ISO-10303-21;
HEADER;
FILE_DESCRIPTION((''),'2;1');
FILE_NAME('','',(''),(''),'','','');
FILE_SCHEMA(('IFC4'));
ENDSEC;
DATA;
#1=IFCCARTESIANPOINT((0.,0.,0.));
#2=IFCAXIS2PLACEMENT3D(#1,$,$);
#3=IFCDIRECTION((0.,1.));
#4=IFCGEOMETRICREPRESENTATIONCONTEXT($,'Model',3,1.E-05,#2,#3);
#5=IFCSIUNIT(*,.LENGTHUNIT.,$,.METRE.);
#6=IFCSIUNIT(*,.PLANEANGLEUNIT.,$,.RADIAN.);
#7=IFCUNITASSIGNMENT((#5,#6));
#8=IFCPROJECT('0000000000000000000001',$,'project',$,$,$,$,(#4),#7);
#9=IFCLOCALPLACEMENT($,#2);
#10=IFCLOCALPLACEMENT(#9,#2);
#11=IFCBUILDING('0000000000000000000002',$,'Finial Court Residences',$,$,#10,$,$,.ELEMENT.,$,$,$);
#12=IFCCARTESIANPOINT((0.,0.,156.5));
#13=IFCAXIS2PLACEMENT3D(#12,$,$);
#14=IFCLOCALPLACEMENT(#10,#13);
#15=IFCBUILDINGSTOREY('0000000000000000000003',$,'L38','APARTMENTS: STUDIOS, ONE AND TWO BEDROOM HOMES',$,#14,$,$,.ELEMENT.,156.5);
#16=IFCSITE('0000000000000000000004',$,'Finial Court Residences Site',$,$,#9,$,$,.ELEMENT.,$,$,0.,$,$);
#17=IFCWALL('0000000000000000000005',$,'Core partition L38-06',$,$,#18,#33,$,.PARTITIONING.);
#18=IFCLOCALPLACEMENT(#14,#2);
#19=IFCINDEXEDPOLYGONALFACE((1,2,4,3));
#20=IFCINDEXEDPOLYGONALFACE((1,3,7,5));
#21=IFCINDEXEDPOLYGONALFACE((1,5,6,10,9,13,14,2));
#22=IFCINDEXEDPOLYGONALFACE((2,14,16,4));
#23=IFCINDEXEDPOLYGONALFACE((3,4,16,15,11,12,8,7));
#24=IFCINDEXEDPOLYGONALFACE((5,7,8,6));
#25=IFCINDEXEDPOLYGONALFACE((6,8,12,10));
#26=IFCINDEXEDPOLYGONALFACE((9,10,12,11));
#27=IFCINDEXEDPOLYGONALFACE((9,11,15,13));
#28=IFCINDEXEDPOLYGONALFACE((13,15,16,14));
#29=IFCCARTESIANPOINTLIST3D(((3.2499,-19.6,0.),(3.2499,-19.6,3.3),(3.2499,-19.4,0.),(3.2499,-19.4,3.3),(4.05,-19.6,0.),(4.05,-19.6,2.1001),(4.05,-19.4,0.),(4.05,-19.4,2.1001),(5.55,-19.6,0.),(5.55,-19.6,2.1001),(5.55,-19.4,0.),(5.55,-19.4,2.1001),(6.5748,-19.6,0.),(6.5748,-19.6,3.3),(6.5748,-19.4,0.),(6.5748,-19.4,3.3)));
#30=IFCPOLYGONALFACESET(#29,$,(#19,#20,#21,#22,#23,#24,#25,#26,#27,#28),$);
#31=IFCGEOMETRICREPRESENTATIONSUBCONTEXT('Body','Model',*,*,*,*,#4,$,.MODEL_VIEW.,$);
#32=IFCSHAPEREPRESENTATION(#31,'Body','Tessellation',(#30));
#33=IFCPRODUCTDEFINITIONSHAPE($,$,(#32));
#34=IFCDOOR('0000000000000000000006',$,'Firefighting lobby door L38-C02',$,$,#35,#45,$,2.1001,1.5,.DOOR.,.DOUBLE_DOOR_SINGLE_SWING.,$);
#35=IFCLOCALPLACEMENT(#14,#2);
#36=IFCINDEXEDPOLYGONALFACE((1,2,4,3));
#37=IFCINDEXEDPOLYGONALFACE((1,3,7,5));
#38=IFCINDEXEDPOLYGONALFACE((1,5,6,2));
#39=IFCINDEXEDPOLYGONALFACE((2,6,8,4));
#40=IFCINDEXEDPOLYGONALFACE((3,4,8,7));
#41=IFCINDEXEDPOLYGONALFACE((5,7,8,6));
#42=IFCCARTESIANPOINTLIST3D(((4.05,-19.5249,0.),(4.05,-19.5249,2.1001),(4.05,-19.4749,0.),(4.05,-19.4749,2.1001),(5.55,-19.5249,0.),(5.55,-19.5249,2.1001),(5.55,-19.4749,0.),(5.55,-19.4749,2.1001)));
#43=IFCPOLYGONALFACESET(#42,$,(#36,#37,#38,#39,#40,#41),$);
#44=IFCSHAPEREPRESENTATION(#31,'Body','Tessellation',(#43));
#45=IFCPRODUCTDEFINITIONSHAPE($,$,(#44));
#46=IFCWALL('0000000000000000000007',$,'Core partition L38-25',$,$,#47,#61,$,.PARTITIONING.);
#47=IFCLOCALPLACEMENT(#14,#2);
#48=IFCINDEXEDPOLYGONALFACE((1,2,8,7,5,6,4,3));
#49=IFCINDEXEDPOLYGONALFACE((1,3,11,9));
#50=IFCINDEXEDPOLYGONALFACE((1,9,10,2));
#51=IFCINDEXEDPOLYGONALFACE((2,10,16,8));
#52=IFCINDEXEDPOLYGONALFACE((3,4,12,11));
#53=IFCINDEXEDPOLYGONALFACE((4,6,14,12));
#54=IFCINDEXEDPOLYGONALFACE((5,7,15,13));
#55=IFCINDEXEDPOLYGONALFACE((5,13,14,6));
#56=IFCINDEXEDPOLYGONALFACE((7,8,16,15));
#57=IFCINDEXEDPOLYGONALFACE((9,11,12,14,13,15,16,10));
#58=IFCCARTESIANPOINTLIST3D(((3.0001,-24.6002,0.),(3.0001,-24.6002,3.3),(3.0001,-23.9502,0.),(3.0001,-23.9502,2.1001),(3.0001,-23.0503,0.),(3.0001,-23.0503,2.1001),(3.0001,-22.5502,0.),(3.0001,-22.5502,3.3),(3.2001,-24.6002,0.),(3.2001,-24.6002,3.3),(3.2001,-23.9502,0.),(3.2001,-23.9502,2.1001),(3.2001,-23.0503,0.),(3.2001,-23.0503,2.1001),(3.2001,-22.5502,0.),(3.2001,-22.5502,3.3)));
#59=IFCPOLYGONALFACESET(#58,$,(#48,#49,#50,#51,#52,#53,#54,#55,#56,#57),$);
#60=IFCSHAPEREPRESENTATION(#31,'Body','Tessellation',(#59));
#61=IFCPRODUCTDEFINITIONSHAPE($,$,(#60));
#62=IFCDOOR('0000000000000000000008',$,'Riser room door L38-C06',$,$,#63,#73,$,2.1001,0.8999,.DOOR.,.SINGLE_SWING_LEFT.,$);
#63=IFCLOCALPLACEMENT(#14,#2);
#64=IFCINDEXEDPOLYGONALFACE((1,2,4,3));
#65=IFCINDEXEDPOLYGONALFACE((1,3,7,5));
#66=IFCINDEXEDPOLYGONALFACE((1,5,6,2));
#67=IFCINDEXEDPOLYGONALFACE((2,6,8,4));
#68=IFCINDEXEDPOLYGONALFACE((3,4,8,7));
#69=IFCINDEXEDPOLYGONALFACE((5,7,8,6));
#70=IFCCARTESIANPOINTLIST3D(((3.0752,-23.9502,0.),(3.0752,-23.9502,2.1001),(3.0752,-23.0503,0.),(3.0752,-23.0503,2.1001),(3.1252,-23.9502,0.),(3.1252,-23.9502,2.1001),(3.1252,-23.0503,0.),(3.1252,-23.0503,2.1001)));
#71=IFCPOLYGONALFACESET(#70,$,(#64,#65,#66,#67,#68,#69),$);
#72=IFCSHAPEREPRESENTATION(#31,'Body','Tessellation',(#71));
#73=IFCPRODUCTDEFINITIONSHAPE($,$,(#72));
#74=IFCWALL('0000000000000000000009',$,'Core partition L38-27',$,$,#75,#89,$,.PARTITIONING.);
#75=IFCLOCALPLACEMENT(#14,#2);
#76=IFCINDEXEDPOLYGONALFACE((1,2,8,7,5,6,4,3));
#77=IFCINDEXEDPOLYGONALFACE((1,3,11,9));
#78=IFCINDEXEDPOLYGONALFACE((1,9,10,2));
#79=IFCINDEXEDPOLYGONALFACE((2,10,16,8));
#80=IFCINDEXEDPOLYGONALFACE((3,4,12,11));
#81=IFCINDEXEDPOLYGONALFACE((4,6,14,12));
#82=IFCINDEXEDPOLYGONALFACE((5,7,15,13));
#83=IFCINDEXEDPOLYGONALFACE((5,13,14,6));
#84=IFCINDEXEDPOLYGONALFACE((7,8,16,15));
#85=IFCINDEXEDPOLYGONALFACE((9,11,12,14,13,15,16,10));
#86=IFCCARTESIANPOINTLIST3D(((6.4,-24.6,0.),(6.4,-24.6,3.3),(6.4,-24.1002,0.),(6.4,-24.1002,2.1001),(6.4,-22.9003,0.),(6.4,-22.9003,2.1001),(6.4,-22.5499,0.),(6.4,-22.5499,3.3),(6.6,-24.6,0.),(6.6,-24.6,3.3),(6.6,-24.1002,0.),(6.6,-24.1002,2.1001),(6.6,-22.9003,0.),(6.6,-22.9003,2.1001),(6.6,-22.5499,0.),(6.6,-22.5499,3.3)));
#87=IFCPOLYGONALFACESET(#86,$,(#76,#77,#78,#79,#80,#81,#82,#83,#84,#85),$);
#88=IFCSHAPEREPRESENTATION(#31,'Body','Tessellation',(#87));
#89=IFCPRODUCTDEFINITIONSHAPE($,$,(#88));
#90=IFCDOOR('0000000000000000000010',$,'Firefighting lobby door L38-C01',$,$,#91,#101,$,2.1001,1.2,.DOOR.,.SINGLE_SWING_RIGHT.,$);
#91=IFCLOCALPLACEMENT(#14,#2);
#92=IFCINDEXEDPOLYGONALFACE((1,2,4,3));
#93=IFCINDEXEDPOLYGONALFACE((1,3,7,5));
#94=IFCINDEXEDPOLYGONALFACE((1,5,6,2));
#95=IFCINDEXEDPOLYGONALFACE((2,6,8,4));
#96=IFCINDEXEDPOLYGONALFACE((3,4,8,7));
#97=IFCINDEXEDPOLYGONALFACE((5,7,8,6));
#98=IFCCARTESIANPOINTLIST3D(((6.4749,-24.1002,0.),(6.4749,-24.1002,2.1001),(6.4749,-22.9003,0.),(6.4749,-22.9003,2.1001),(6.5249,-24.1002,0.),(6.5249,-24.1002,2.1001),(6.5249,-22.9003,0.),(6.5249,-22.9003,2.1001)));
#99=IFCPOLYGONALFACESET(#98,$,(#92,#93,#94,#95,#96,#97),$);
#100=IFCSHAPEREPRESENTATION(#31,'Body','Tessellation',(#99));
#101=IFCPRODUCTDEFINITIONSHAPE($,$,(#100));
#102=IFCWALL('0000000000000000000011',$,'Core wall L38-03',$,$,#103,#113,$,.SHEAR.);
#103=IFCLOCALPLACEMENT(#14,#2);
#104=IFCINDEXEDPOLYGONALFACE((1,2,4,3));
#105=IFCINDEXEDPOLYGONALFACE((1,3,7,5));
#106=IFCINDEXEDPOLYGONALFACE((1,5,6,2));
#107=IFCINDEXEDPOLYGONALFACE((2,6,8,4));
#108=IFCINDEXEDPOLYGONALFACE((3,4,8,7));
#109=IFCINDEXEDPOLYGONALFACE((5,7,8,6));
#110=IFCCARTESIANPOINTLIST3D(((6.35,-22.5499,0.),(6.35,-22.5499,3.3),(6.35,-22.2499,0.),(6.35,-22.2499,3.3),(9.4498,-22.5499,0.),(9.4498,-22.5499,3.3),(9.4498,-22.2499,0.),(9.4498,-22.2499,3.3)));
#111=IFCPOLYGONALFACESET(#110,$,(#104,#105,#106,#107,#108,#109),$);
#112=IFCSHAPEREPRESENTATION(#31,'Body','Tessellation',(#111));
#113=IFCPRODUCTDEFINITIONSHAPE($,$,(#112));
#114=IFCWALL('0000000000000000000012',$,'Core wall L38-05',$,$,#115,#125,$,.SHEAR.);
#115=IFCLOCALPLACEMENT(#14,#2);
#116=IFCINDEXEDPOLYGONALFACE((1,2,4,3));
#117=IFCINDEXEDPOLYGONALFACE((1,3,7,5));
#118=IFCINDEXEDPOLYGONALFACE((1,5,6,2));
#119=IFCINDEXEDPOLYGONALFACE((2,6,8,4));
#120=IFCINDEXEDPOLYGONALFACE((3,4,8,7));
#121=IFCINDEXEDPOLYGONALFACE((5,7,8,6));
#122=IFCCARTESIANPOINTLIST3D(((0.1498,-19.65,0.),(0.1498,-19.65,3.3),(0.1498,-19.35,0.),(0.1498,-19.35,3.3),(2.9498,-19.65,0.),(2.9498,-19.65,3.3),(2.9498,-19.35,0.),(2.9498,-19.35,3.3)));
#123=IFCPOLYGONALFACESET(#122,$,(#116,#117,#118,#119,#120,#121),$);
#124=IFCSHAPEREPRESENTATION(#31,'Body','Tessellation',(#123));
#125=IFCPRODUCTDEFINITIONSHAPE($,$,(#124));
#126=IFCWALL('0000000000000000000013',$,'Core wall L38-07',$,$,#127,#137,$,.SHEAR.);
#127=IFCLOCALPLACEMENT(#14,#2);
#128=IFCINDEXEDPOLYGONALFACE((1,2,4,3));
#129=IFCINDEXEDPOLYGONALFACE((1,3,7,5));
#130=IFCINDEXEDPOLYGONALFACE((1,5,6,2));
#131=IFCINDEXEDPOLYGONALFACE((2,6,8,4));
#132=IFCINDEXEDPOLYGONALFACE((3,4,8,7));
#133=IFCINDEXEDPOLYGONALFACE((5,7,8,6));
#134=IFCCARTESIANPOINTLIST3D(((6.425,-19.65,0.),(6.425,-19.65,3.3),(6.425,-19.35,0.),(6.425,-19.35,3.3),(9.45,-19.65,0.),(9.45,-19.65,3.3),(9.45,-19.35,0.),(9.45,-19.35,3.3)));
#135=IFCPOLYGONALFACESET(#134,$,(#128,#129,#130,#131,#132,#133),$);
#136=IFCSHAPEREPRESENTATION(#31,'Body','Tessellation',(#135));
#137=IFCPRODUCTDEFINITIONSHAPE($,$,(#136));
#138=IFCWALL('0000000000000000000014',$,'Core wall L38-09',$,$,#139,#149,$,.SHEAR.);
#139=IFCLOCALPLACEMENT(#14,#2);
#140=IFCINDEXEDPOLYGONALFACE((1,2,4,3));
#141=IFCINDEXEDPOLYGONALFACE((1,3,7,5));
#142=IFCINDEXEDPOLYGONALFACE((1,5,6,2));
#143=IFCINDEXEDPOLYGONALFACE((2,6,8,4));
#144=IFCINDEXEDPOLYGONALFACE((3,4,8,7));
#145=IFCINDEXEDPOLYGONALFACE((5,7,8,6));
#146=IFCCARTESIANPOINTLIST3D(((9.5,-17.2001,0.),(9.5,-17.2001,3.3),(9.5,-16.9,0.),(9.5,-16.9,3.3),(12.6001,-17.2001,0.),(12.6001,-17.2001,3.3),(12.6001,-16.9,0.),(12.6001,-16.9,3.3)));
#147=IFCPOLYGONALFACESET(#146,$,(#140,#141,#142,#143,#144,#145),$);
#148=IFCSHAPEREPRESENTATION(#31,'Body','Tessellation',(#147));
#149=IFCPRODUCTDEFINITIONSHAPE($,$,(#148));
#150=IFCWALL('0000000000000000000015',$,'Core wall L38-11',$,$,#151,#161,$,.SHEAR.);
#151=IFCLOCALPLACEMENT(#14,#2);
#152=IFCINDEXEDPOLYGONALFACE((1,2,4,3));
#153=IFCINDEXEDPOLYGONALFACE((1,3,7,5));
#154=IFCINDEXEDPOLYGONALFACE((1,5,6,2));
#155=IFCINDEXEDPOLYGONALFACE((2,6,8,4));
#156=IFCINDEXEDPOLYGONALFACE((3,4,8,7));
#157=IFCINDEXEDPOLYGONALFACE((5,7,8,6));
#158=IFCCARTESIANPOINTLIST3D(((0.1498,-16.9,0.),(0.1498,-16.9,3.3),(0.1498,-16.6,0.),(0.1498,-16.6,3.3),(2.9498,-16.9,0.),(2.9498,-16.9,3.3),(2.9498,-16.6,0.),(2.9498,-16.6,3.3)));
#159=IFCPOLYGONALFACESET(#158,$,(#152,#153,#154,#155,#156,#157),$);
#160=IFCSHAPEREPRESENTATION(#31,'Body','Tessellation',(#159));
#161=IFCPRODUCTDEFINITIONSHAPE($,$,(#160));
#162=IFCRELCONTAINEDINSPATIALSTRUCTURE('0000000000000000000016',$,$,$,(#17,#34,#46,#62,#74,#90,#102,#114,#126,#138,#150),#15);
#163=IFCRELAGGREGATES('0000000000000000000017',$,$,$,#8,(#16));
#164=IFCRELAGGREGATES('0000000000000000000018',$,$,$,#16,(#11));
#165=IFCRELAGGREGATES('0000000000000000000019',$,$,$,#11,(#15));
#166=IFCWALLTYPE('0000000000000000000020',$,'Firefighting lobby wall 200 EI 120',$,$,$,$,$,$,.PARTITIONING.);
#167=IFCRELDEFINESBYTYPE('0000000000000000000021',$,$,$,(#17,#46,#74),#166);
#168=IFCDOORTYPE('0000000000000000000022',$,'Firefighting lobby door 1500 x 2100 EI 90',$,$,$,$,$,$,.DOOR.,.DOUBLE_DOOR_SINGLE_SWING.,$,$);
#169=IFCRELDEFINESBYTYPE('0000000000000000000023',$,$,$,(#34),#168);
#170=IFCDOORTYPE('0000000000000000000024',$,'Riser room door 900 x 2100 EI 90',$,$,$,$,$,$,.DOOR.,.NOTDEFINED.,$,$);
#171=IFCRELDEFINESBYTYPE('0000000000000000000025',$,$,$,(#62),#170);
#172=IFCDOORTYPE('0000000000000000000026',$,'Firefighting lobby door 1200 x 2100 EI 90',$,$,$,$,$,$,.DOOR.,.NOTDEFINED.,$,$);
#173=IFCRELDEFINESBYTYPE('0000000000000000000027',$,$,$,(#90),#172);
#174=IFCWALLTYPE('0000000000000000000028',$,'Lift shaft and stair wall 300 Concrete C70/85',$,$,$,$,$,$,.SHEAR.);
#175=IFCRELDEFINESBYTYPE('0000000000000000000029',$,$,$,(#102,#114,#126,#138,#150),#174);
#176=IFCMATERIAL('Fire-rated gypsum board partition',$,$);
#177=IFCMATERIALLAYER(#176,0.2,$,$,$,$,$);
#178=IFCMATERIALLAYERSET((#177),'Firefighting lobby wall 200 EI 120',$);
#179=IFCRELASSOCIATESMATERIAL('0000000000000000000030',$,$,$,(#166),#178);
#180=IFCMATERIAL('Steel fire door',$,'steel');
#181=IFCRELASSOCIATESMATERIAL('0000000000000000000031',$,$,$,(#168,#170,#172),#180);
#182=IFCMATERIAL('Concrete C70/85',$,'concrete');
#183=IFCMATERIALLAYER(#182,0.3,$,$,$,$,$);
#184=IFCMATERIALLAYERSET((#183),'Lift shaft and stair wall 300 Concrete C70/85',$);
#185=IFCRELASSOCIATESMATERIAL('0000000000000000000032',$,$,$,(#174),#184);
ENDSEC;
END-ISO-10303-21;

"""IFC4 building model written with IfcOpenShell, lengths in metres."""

from ifc_helpers import new_model, si_unit, direction, frame, frame_2d, origin, place, context, subcontext, project, spatial, rectangle, extrude, material, layer, layer_set, type_object, element, fill, save


model = new_model("IFC4")

# Units and contexts
model_context = context("Model", 3, precision=1e-05, world=origin(), true_north=direction((0.0, 1.0)))
body_context = subcontext(model_context, "Body", "Model", "MODEL_VIEW")
ifc_project = project(units=[si_unit("LENGTHUNIT", "METRE"), si_unit("PLANEANGLEUNIT", "RADIAN")], contexts=[model_context])

# Site, building, storey
site_placement = place(None, origin())
site = spatial("IfcSite", under=ifc_project, at=site_placement, Name="Finial Court Residences Site", CompositionType="ELEMENT", RefElevation=0.0)
building_placement = place(site_placement, origin())
building = spatial("IfcBuilding", under=site, at=building_placement, Name="Finial Court Residences", CompositionType="ELEMENT")
storey_placement = place(building_placement, frame((0.0, 0.0, 156.5)))
storey = spatial("IfcBuildingStorey", under=building, at=storey_placement, Name="L38", Description="APARTMENTS: STUDIOS, ONE AND TWO BEDROOM HOMES", CompositionType="ELEMENT", Elevation=156.5)

# Walls, openings, doors
ifc_material_1 = material(Name="Fire-rated gypsum board partition")
ifc_layer_1 = layer(ifc_material_1, 0.2)
ifc_layer_set_1 = layer_set([ifc_layer_1], Name="Firefighting lobby wall 200 EI 120")
wall_type_1 = type_object("IfcWallType", Name="Firefighting lobby wall 200 EI 120", PredefinedType="PARTITIONING", material=ifc_layer_set_1)
wall_1_placement = place(storey_placement, frame((6.575, -19.5, 0.0), z_axis=(0.0, 0.0, 1.0), x_axis=(-1.0, 0.0, 0.0)))
wall_1 = element("IfcWall", 1, at=wall_1_placement, inside=storey, type_object=wall_type_1, Name="Core partition L38-06", PredefinedType="PARTITIONING", context=body_context, shape_type="SweptSolid", body=[
    extrude(rectangle(XDim=3.325, YDim=0.2, at=frame_2d((1.6626, 0.0))), origin(), (0.0, 0.0, 1.0), 3.3),
])
opening_1_placement = place(wall_1_placement, frame((1.0249, 0.0, 0.0)))
opening_1 = element("IfcOpeningElement", 2, at=opening_1_placement, cuts=wall_1, PredefinedType="OPENING", context=body_context, shape_type="SweptSolid", body=[
    extrude(rectangle(XDim=1.5, YDim=2.1001, at=frame_2d((0.75, 1.05))), frame((0.0, 0.1099, 0.0), z_axis=(0.0, -1.0, 0.0), x_axis=(1.0, 0.0, 0.0)), (0.0, 0.0, 1.0), 0.22),
])
ifc_material_2 = material(Name="Steel fire door", Category="steel")
door_type_1 = type_object("IfcDoorType", Name="Firefighting lobby door 1500 x 2100 EI 90", OperationType="DOUBLE_DOOR_SINGLE_SWING", PredefinedType="DOOR", material=ifc_material_2)
door_1_placement = place(opening_1_placement, origin())
door_1 = element("IfcDoor", 3, at=door_1_placement, inside=storey, type_object=door_type_1, Name="Firefighting lobby door L38-C02", OperationType="DOUBLE_DOOR_SINGLE_SWING", OverallHeight=2.1001, OverallWidth=1.5, PredefinedType="DOOR", context=body_context, shape_type="SweptSolid", body=[
    extrude(rectangle(XDim=1.5, YDim=2.1001, at=frame_2d((0.75, 1.05))), frame((0.0, 0.0249, 0.0), z_axis=(0.0, -1.0, 0.0), x_axis=(1.0, 0.0, 0.0)), (0.0, 0.0, 1.0), 0.05),
])
fill(opening_1, door_1)
wall_2_placement = place(storey_placement, frame((3.1001, -24.6001, 0.0), z_axis=(0.0, 0.0, 1.0), x_axis=(0.0, 1.0, 0.0)))
wall_2 = element("IfcWall", 4, at=wall_2_placement, inside=storey, type_object=wall_type_1, Name="Core partition L38-25", PredefinedType="PARTITIONING", context=body_context, shape_type="SweptSolid", body=[
    extrude(rectangle(XDim=2.05, YDim=0.2, at=frame_2d((1.0249, 0.0))), origin(), (0.0, 0.0, 1.0), 3.3),
])
opening_2_placement = place(wall_2_placement, frame((0.6499, 0.0, 0.0)))
opening_2 = element("IfcOpeningElement", 5, at=opening_2_placement, cuts=wall_2, PredefinedType="OPENING", context=body_context, shape_type="SweptSolid", body=[
    extrude(rectangle(XDim=0.8999, YDim=2.1001, at=frame_2d((0.45, 1.05))), frame((0.0, 0.1099, 0.0), z_axis=(0.0, -1.0, 0.0), x_axis=(1.0, 0.0, 0.0)), (0.0, 0.0, 1.0), 0.22),
])
door_type_2 = type_object("IfcDoorType", Name="Riser room door 900 x 2100 EI 90", OperationType="NOTDEFINED", PredefinedType="DOOR", material=ifc_material_2)
door_2_placement = place(opening_2_placement, origin())
door_2 = element("IfcDoor", 6, at=door_2_placement, inside=storey, type_object=door_type_2, Name="Riser room door L38-C06", OperationType="SINGLE_SWING_LEFT", OverallHeight=2.1001, OverallWidth=0.8999, PredefinedType="DOOR", context=body_context, shape_type="SweptSolid", body=[
    extrude(rectangle(XDim=0.8999, YDim=2.1001, at=frame_2d((0.45, 1.05))), frame((0.0, 0.0249, 0.0), z_axis=(0.0, -1.0, 0.0), x_axis=(1.0, 0.0, 0.0)), (0.0, 0.0, 1.0), 0.05),
])
fill(opening_2, door_2)
wall_3_placement = place(storey_placement, frame((6.5, -22.55, 0.0), z_axis=(0.0, 0.0, 1.0), x_axis=(0.0, -1.0, 0.0)))
wall_3 = element("IfcWall", 7, at=wall_3_placement, inside=storey, type_object=wall_type_1, Name="Core partition L38-27", PredefinedType="PARTITIONING", context=body_context, shape_type="SweptSolid", body=[
    extrude(rectangle(XDim=2.05, YDim=0.2, at=frame_2d((1.0249, 0.0))), origin(), (0.0, 0.0, 1.0), 3.3),
])
opening_3_placement = place(wall_3_placement, frame((0.3501, 0.0, 0.0)))
opening_3 = element("IfcOpeningElement", 8, at=opening_3_placement, cuts=wall_3, PredefinedType="OPENING", context=body_context, shape_type="SweptSolid", body=[
    extrude(rectangle(XDim=1.2, YDim=2.1001, at=frame_2d((0.6001, 1.05))), frame((0.0, 0.1099, 0.0), z_axis=(0.0, -1.0, 0.0), x_axis=(1.0, 0.0, 0.0)), (0.0, 0.0, 1.0), 0.22),
])
door_type_3 = type_object("IfcDoorType", Name="Firefighting lobby door 1200 x 2100 EI 90", OperationType="NOTDEFINED", PredefinedType="DOOR", material=ifc_material_2)
door_3_placement = place(opening_3_placement, origin())
door_3 = element("IfcDoor", 9, at=door_3_placement, inside=storey, type_object=door_type_3, Name="Firefighting lobby door L38-C01", OperationType="SINGLE_SWING_RIGHT", OverallHeight=2.1001, OverallWidth=1.2, PredefinedType="DOOR", context=body_context, shape_type="SweptSolid", body=[
    extrude(rectangle(XDim=1.2, YDim=2.1001, at=frame_2d((0.6001, 1.05))), frame((0.0, 0.0249, 0.0), z_axis=(0.0, -1.0, 0.0), x_axis=(1.0, 0.0, 0.0)), (0.0, 0.0, 1.0), 0.05),
])
fill(opening_3, door_3)

# Walls
ifc_material_3 = material(Name="Concrete C70/85", Category="concrete")
ifc_layer_2 = layer(ifc_material_3, 0.3)
ifc_layer_set_2 = layer_set([ifc_layer_2], Name="Lift shaft and stair wall 300 Concrete C70/85")
wall_type_2 = type_object("IfcWallType", Name="Lift shaft and stair wall 300 Concrete C70/85", PredefinedType="SHEAR", material=ifc_layer_set_2)
wall_4_placement = place(storey_placement, frame((6.3501, -22.3999, 0.0), z_axis=(0.0, 0.0, 1.0), x_axis=(1.0, 0.0, 0.0)))
element("IfcWall", 10, at=wall_4_placement, inside=storey, type_object=wall_type_2, Name="Core wall L38-03", PredefinedType="SHEAR", context=body_context, shape_type="SweptSolid", body=[
    extrude(rectangle(XDim=3.0999, YDim=0.3, at=frame_2d((1.5498, 0.0))), origin(), (0.0, 0.0, 1.0), 3.3),
])
wall_5_placement = place(storey_placement, frame((0.1499, -19.5, 0.0), z_axis=(0.0, 0.0, 1.0), x_axis=(1.0, 0.0, 0.0)))
element("IfcWall", 11, at=wall_5_placement, inside=storey, type_object=wall_type_2, Name="Core wall L38-05", PredefinedType="SHEAR", context=body_context, shape_type="SweptSolid", body=[
    extrude(rectangle(XDim=2.8, YDim=0.3, at=frame_2d((1.3999, 0.0))), origin(), (0.0, 0.0, 1.0), 3.3),
])
wall_6_placement = place(storey_placement, frame((6.425, -19.5, 0.0), z_axis=(0.0, 0.0, 1.0), x_axis=(1.0, 0.0, 0.0)))
element("IfcWall", 12, at=wall_6_placement, inside=storey, type_object=wall_type_2, Name="Core wall L38-07", PredefinedType="SHEAR", context=body_context, shape_type="SweptSolid", body=[
    extrude(rectangle(XDim=3.0249, YDim=0.3, at=frame_2d((1.5125, 0.0))), origin(), (0.0, 0.0, 1.0), 3.3),
])
wall_7_placement = place(storey_placement, frame((9.5, -17.05, 0.0), z_axis=(0.0, 0.0, 1.0), x_axis=(1.0, 0.0, 0.0)))
element("IfcWall", 13, at=wall_7_placement, inside=storey, type_object=wall_type_2, Name="Core wall L38-09", PredefinedType="SHEAR", context=body_context, shape_type="SweptSolid", body=[
    extrude(rectangle(XDim=3.1001, YDim=0.3, at=frame_2d((1.55, 0.0))), origin(), (0.0, 0.0, 1.0), 3.3),
])
wall_8_placement = place(storey_placement, frame((0.1499, -16.75, 0.0), z_axis=(0.0, 0.0, 1.0), x_axis=(1.0, 0.0, 0.0)))
element("IfcWall", 14, at=wall_8_placement, inside=storey, type_object=wall_type_2, Name="Core wall L38-11", PredefinedType="SHEAR", context=body_context, shape_type="SweptSolid", body=[
    extrude(rectangle(XDim=2.8, YDim=0.3, at=frame_2d((1.3999, 0.0))), origin(), (0.0, 0.0, 1.0), 3.3),
])

save(model, "model.ifc")
